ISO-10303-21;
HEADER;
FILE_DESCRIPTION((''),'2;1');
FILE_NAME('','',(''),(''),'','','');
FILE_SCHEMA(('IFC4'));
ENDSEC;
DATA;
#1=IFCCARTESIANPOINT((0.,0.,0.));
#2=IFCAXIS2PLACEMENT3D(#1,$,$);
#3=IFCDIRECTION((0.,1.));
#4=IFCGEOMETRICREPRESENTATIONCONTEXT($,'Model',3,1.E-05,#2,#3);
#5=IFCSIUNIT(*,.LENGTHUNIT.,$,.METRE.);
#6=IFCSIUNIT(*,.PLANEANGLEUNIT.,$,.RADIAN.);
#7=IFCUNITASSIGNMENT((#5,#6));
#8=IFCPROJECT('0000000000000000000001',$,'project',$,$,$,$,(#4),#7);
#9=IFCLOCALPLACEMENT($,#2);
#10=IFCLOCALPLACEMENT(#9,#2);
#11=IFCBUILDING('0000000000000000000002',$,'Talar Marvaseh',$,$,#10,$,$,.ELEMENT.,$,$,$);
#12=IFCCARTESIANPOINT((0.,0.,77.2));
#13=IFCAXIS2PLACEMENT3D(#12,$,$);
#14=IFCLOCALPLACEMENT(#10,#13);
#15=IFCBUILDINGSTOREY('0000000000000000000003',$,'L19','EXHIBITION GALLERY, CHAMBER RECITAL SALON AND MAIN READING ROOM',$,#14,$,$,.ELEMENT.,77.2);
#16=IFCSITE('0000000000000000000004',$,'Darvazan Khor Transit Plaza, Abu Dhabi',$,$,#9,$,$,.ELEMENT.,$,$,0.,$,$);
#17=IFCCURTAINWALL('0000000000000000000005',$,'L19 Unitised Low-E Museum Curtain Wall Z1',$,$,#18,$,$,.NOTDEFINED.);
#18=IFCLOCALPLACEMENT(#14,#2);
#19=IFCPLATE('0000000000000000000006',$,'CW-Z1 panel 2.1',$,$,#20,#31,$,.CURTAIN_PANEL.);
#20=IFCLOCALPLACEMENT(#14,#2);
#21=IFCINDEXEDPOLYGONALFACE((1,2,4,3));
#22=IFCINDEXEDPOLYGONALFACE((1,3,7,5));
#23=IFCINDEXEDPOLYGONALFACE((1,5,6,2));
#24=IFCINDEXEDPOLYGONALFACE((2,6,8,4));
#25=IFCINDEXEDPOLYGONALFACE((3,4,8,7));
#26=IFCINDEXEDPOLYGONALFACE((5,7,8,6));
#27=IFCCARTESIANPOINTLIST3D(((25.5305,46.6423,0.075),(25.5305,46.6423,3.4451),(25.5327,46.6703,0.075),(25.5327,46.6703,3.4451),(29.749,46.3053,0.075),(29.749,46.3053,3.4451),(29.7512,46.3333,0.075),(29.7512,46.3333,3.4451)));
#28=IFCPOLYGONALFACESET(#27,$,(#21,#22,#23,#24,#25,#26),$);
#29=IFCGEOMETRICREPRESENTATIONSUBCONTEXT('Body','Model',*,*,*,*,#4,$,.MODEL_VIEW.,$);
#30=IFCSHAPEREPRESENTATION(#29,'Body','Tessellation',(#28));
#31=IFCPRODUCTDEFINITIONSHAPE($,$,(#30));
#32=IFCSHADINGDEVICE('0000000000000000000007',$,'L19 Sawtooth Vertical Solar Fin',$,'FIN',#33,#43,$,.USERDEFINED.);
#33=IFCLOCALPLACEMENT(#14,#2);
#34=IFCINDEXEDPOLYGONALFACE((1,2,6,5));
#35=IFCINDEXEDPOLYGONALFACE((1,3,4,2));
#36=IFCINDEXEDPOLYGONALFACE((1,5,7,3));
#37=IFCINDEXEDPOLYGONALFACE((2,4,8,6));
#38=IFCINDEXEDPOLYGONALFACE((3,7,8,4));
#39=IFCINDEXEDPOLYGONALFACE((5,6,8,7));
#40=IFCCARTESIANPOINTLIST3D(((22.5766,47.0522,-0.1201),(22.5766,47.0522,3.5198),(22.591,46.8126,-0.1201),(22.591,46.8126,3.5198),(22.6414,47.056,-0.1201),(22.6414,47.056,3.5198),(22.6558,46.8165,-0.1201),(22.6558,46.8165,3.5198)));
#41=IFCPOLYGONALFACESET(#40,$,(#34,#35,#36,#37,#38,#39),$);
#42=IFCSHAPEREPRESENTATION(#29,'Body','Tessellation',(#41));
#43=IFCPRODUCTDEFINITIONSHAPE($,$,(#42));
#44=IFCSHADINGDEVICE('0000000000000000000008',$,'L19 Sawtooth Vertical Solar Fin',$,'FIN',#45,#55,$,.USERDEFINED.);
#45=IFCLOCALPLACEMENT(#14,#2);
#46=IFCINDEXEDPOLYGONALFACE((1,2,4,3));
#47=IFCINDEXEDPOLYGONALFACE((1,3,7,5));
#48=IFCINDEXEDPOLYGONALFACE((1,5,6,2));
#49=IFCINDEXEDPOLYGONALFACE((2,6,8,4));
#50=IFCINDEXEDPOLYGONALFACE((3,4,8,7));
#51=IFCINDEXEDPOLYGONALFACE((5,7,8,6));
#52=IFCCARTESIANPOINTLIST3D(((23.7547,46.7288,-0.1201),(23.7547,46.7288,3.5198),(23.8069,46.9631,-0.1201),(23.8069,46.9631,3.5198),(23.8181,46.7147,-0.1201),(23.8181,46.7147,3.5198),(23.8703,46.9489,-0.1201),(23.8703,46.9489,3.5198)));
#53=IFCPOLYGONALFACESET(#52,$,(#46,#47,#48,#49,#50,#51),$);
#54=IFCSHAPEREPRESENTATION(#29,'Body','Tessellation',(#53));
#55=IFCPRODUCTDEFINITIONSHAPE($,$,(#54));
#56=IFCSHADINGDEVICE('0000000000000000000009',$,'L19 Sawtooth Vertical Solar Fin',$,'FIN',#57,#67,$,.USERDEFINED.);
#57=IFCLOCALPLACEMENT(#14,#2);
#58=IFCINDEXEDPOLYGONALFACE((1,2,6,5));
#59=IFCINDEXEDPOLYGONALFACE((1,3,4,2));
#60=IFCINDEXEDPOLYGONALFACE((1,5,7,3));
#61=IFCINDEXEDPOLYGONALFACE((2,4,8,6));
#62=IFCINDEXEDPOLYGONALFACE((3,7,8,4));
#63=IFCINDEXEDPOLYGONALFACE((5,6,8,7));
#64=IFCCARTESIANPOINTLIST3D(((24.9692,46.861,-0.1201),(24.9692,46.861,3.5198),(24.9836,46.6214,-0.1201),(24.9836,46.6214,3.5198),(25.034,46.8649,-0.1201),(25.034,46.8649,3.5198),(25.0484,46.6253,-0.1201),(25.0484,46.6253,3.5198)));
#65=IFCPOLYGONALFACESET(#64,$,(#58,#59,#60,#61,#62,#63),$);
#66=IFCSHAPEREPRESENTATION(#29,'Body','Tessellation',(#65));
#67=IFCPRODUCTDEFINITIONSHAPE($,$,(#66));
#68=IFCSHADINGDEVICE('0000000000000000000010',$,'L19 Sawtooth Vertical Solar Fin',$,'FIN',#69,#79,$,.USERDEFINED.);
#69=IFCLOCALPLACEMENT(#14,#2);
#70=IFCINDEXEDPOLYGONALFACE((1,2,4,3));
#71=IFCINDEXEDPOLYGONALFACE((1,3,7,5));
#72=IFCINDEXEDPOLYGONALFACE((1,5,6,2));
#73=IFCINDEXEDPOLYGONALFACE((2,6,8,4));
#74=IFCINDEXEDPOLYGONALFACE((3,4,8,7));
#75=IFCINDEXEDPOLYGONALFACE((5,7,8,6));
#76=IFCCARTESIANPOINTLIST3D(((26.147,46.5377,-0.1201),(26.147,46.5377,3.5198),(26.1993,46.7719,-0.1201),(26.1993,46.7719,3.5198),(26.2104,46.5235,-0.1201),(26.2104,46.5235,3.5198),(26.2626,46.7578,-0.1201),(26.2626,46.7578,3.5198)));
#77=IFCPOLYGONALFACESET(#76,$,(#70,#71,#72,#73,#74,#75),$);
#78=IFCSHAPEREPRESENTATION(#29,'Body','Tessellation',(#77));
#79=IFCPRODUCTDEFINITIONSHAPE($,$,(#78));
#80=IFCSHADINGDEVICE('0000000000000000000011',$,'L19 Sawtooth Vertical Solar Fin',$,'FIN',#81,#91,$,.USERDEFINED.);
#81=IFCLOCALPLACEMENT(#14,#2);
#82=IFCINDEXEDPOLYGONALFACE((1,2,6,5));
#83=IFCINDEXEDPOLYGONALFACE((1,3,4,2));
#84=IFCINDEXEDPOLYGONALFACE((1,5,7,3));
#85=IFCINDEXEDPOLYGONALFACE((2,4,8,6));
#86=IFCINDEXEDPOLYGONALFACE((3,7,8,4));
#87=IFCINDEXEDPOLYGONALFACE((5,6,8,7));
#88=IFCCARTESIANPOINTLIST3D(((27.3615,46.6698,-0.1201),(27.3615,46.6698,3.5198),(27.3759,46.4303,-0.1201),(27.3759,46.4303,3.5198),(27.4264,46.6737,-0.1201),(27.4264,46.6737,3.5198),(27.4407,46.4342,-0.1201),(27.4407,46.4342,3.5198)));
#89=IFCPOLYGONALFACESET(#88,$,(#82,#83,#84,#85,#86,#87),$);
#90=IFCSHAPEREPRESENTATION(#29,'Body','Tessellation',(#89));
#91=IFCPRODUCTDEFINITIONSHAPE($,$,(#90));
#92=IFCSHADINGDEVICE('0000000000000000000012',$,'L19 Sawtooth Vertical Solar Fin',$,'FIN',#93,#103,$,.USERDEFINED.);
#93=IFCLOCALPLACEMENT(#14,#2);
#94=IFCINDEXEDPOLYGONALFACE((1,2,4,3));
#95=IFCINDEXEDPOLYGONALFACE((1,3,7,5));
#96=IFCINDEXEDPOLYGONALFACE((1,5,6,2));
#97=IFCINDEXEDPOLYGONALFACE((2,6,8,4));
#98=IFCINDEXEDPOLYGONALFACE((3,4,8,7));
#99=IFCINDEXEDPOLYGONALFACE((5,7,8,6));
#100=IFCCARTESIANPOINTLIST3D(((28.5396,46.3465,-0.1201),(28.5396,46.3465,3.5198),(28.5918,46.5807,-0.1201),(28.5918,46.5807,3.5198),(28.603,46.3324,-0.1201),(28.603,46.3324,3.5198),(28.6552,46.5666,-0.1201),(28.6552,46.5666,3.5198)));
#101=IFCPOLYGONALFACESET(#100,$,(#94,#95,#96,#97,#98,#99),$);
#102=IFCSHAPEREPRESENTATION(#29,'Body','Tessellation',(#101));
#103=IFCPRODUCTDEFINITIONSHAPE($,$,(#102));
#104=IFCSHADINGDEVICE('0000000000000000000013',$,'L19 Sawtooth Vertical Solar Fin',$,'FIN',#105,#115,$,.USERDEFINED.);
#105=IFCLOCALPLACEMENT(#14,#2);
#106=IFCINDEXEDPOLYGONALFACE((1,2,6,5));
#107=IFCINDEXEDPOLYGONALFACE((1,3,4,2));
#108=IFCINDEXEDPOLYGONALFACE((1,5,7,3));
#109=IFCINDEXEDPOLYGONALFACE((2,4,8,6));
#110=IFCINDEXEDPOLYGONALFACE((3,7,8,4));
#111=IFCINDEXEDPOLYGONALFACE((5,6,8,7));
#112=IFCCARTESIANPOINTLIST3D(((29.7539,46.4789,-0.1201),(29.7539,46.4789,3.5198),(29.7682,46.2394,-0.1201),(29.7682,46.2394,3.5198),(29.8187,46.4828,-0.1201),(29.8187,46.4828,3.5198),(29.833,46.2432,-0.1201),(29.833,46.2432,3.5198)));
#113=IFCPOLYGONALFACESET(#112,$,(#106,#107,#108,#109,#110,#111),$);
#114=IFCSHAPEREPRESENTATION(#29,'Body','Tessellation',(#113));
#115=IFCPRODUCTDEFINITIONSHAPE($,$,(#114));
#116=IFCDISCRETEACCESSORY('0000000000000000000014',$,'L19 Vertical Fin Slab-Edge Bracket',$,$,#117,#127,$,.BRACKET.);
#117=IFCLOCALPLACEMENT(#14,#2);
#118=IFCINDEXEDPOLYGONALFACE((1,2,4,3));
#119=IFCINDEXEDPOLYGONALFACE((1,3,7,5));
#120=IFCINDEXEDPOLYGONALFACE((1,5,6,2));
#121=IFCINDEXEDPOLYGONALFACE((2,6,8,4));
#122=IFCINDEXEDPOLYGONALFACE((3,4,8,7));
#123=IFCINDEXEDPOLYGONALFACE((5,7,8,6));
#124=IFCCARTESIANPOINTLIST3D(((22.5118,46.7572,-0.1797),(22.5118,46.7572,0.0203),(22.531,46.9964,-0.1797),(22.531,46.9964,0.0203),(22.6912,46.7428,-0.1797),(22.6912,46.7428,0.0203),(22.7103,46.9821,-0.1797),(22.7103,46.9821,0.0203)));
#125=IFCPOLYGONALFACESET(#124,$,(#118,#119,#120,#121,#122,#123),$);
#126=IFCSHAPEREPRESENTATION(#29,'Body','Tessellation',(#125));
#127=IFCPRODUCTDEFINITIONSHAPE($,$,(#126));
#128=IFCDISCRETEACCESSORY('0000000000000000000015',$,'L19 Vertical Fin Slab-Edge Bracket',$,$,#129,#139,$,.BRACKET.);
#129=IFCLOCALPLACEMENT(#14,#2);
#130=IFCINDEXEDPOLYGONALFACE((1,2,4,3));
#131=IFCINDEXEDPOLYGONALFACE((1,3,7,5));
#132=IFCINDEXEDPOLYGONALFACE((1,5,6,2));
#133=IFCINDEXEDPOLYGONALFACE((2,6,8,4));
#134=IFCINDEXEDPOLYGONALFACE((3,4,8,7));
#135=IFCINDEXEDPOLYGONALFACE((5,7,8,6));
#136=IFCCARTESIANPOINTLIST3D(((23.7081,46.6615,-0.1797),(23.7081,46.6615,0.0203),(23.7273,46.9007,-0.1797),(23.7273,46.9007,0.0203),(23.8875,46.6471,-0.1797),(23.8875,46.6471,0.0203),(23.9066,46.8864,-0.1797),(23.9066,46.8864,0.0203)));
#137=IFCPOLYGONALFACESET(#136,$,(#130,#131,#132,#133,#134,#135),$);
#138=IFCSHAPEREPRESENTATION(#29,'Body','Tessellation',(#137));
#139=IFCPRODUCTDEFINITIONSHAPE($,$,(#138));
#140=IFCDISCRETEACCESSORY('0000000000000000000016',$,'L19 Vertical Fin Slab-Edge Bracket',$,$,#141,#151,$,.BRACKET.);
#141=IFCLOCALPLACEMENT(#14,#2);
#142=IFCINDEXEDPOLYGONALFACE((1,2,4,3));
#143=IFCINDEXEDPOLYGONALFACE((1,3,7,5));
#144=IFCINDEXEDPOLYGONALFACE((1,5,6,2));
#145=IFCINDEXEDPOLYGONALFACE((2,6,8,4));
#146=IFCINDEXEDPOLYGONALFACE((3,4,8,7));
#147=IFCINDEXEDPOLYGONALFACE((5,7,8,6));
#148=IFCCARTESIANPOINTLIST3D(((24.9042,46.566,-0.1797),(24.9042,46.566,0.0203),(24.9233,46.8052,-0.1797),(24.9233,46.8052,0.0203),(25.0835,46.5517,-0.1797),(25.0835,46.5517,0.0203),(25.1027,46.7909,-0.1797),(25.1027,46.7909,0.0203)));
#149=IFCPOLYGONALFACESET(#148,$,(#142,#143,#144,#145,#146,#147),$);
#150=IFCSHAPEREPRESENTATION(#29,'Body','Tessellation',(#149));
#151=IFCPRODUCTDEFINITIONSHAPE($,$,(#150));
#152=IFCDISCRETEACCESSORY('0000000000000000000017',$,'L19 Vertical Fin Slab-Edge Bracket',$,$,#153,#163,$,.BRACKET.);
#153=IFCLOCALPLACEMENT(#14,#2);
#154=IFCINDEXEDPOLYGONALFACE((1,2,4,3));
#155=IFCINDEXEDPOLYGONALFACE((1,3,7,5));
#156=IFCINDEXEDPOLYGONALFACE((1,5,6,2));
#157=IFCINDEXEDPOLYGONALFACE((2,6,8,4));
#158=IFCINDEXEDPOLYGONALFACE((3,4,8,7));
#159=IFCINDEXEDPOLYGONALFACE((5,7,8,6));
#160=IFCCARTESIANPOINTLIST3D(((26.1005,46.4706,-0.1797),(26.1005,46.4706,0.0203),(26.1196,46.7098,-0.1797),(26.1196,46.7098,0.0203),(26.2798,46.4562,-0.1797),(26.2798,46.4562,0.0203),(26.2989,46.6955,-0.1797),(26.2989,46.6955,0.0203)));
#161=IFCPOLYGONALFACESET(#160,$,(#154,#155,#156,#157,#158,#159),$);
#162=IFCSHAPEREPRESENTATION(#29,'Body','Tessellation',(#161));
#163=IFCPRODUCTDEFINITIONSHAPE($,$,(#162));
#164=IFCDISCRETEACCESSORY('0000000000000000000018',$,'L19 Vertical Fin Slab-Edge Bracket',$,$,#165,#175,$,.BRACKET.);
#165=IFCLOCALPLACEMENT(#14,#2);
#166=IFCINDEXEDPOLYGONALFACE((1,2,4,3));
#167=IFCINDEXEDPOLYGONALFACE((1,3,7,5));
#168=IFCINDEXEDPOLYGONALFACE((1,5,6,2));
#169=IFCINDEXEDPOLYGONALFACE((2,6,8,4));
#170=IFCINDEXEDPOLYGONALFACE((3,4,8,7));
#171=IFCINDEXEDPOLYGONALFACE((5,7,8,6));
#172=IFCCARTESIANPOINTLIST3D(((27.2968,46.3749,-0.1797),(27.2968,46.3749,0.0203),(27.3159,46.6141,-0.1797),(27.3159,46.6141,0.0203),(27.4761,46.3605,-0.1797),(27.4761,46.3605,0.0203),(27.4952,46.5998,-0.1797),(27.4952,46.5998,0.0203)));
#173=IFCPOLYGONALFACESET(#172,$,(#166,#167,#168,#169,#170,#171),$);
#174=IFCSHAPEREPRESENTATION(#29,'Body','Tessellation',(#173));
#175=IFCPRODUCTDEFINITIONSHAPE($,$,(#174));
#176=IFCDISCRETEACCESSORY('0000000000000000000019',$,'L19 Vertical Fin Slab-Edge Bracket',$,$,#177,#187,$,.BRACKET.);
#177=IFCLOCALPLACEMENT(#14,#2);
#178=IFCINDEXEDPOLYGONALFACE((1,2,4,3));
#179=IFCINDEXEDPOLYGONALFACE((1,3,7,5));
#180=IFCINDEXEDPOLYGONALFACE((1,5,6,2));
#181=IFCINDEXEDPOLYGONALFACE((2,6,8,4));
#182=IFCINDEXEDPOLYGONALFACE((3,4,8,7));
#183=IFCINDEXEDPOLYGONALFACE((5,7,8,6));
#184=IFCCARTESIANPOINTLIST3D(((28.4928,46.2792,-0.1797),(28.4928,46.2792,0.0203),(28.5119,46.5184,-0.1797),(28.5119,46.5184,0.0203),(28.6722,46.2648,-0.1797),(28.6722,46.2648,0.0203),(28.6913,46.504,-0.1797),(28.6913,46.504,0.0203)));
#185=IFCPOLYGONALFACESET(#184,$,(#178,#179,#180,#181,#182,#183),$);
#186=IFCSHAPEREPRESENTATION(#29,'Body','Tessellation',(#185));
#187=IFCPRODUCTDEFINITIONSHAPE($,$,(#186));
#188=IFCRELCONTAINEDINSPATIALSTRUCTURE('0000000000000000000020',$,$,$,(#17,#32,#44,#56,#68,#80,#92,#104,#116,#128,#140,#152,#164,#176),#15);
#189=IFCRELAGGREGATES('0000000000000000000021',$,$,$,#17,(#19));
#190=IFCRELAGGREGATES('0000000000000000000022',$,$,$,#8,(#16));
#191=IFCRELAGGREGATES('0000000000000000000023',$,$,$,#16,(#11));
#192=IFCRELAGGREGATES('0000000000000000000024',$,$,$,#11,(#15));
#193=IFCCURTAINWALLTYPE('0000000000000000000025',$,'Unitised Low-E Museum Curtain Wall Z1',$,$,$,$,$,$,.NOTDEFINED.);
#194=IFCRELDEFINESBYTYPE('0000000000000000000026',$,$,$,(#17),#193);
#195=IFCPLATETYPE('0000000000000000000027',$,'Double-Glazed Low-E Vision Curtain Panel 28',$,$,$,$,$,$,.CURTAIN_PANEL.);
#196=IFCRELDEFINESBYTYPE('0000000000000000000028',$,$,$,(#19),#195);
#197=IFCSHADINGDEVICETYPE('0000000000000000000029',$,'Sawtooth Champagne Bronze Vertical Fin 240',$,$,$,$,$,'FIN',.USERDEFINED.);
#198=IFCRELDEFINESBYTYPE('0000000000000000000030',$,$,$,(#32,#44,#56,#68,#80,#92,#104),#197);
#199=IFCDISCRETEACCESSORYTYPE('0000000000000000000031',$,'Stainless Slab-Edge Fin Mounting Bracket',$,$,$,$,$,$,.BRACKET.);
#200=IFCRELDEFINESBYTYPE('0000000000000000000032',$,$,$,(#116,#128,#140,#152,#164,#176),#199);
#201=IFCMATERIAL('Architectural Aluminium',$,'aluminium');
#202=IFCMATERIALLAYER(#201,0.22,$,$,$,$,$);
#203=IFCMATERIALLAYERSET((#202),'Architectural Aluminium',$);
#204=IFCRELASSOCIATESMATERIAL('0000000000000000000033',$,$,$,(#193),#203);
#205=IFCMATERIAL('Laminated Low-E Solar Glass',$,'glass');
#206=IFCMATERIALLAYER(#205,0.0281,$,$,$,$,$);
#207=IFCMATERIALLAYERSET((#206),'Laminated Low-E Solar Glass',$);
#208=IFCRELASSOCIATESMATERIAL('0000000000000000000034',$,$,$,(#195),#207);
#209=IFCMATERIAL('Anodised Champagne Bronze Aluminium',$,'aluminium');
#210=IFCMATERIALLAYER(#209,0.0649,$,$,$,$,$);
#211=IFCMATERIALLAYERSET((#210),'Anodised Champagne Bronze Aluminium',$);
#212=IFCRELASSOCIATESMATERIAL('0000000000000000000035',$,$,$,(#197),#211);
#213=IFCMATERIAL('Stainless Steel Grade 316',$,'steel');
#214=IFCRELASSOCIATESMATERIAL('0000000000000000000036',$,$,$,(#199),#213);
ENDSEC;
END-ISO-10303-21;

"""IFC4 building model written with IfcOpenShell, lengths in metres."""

from ifc_helpers import new_model, si_unit, direction, frame, origin, origin_2d, place, context, subcontext, project, spatial, rectangle, extrude, source, transform, mapped, material, layer, layer_set, type_object, type_shapes, element, aggregate, save


model = new_model("IFC4")

# Units and contexts
model_context = context("Model", 3, precision=1e-05, world=origin(), true_north=direction((0.0, 1.0)))
body_context = subcontext(model_context, "Body", "Model", "MODEL_VIEW")
ifc_project = project(units=[si_unit("LENGTHUNIT", "METRE"), si_unit("PLANEANGLEUNIT", "RADIAN")], contexts=[model_context])

# Site, building, storey
site_placement = place(None, origin())
site = spatial("IfcSite", under=ifc_project, at=site_placement, Name="Darvazan Khor Transit Plaza, Abu Dhabi", CompositionType="ELEMENT", RefElevation=0.0)
building_placement = place(site_placement, origin())
building = spatial("IfcBuilding", under=site, at=building_placement, Name="Talar Marvaseh", CompositionType="ELEMENT")
storey_placement = place(building_placement, frame((0.0, 0.0, 77.2)))
storey = spatial("IfcBuildingStorey", under=building, at=storey_placement, Name="L19", Description="EXHIBITION GALLERY, CHAMBER RECITAL SALON AND MAIN READING ROOM", CompositionType="ELEMENT", Elevation=77.2)

# Curtain wall, plate
ifc_material_1 = material(Name="Architectural Aluminium", Category="aluminium")
ifc_layer_1 = layer(ifc_material_1, 0.22)
ifc_layer_set_1 = layer_set([ifc_layer_1], Name="Architectural Aluminium")
curtain_wall_type = type_object("IfcCurtainWallType", Name="Unitised Low-E Museum Curtain Wall Z1", PredefinedType="NOTDEFINED", material=ifc_layer_set_1)
curtain_wall_placement = place(storey_placement, origin())
curtain_wall = element("IfcCurtainWall", 1, at=curtain_wall_placement, inside=storey, type_object=curtain_wall_type, Name="L19 Unitised Low-E Museum Curtain Wall Z1", PredefinedType="NOTDEFINED")
ifc_material_2 = material(Name="Laminated Low-E Solar Glass", Category="glass")
ifc_layer_2 = layer(ifc_material_2, 0.0281)
ifc_layer_set_2 = layer_set([ifc_layer_2], Name="Laminated Low-E Solar Glass")
plate_type = type_object("IfcPlateType", Name="Double-Glazed Low-E Vision Curtain Panel 28", PredefinedType="CURTAIN_PANEL", material=ifc_layer_set_2)
shared_shape_1 = source(origin(), body_context, "Body", "SweptSolid", [
    extrude(rectangle(XDim=4.2319, YDim=0.0281, at=origin_2d()), origin(), (0.0, 0.0, 1.0), 3.3701),
])
plate_1_placement = place(storey_placement, frame((27.6409, 46.4878, 0.075), z_axis=(0.0, 0.0, 1.0), x_axis=(0.996824, -0.07964, 0.0)))
plate_1 = element("IfcPlate", 2, at=plate_1_placement, type_object=plate_type, Name="CW-Z1 panel 2.1", PredefinedType="CURTAIN_PANEL", context=body_context, shape_type="MappedRepresentation", body=[
    mapped(shared_shape_1, transform((0.0, 0.0, 0.0), x_axis=(1.0, 0.0, 0.0), y_axis=(0.0, 1.0, 0.0), z_axis=(0.0, 0.0, 1.0), scale=1.0)),
])
aggregate(curtain_wall, [plate_1])

# Shading devices
ifc_material_3 = material(Name="Anodised Champagne Bronze Aluminium", Category="aluminium")
ifc_layer_3 = layer(ifc_material_3, 0.0649)
ifc_layer_set_3 = layer_set([ifc_layer_3], Name="Anodised Champagne Bronze Aluminium")
shading_device_type = type_object("IfcShadingDeviceType", Name="Sawtooth Champagne Bronze Vertical Fin 240", ElementType="FIN", PredefinedType="USERDEFINED", material=ifc_layer_set_3)
shared_shape_2 = source(origin(), body_context, "Body", "SweptSolid", [
    extrude(rectangle(XDim=0.24, YDim=0.0649, at=origin_2d()), origin(), (0.0, 0.0, 1.0), 3.6399),
])
type_shapes(shading_device_type, [shared_shape_2])
for number, where, z_axis, x_axis, name in (
    (3, (22.6162, 46.9343, -0.1201), (0.0, 0.0, 1.0), (-0.059829, 0.998209, 0.0), "L19 Sawtooth Vertical Solar Fin"),
    (4, (23.8125, 46.8389, -0.1201), (0.0, 0.0, 1.0), (0.217632, 0.976031, 0.0), "L19 Sawtooth Vertical Solar Fin"),
    (5, (25.0088, 46.7432, -0.1201), (0.0, 0.0, 1.0), (-0.059829, 0.998209, 0.0), "L19 Sawtooth Vertical Solar Fin"),
    (6, (26.2048, 46.6477, -0.1201), (0.0, 0.0, 1.0), (0.217632, 0.976031, 0.0), "L19 Sawtooth Vertical Solar Fin"),
    (7, (27.4011, 46.552, -0.1201), (0.0, 0.0, 1.0), (-0.059829, 0.998209, 0.0), "L19 Sawtooth Vertical Solar Fin"),
    (8, (28.5974, 46.4565, -0.1201), (0.0, 0.0, 1.0), (0.217632, 0.976031, 0.0), "L19 Sawtooth Vertical Solar Fin"),
    (9, (29.7935, 46.3611, -0.1201), (0.0, 0.0, 1.0), (-0.059829, 0.998209, 0.0), "L19 Sawtooth Vertical Solar Fin"),
):
    element("IfcShadingDevice", number, at=place(storey_placement, frame(where, z_axis=z_axis, x_axis=x_axis)), inside=storey, type_object=shading_device_type, Name=name, ObjectType="FIN", PredefinedType="USERDEFINED", context=body_context, shape_type="MappedRepresentation", body=[
        mapped(shared_shape_2, transform((0.0, 0.0, 0.0), x_axis=(1.0, 0.0, 0.0), y_axis=(0.0, 1.0, 0.0), z_axis=(0.0, 0.0, 1.0), scale=1.0)),
    ])

# Discrete accessories
ifc_material_4 = material(Name="Stainless Steel Grade 316", Category="steel")
discrete_accessory_type = type_object("IfcDiscreteAccessoryType", Name="Stainless Slab-Edge Fin Mounting Bracket", PredefinedType="BRACKET", material=ifc_material_4)
shared_shape_3 = source(origin(), body_context, "Body", "SweptSolid", [
    extrude(rectangle(XDim=0.24, YDim=0.1799, at=origin_2d()), origin(), (0.0, 0.0, 1.0), 0.2),
])
type_shapes(discrete_accessory_type, [shared_shape_3])
for number, where, z_axis, x_axis, name in (
    (10, (22.6111, 46.8696, -0.1797), (0.0, 0.0, 1.0), (0.079677, 0.996821, 0.0), "L19 Vertical Fin Slab-Edge Bracket"),
    (11, (23.8074, 46.7739, -0.1797), (0.0, 0.0, 1.0), (0.079677, 0.996821, 0.0), "L19 Vertical Fin Slab-Edge Bracket"),
    (12, (25.0034, 46.6785, -0.1797), (0.0, 0.0, 1.0), (0.079677, 0.996821, 0.0), "L19 Vertical Fin Slab-Edge Bracket"),
    (13, (26.1997, 46.583, -0.1797), (0.0, 0.0, 1.0), (0.079677, 0.996821, 0.0), "L19 Vertical Fin Slab-Edge Bracket"),
    (14, (27.396, 46.4873, -0.1797), (0.0, 0.0, 1.0), (0.079677, 0.996821, 0.0), "L19 Vertical Fin Slab-Edge Bracket"),
    (15, (28.592, 46.3916, -0.1797), (0.0, 0.0, 1.0), (0.079677, 0.996821, 0.0), "L19 Vertical Fin Slab-Edge Bracket"),
):
    element("IfcDiscreteAccessory", number, at=place(storey_placement, frame(where, z_axis=z_axis, x_axis=x_axis)), inside=storey, type_object=discrete_accessory_type, Name=name, PredefinedType="BRACKET", context=body_context, shape_type="MappedRepresentation", body=[
        mapped(shared_shape_3, transform((0.0, 0.0, 0.0), x_axis=(1.0, 0.0, 0.0), y_axis=(0.0, 1.0, 0.0), z_axis=(0.0, 0.0, 1.0), scale=1.0)),
    ])

save(model, "model.ifc")
